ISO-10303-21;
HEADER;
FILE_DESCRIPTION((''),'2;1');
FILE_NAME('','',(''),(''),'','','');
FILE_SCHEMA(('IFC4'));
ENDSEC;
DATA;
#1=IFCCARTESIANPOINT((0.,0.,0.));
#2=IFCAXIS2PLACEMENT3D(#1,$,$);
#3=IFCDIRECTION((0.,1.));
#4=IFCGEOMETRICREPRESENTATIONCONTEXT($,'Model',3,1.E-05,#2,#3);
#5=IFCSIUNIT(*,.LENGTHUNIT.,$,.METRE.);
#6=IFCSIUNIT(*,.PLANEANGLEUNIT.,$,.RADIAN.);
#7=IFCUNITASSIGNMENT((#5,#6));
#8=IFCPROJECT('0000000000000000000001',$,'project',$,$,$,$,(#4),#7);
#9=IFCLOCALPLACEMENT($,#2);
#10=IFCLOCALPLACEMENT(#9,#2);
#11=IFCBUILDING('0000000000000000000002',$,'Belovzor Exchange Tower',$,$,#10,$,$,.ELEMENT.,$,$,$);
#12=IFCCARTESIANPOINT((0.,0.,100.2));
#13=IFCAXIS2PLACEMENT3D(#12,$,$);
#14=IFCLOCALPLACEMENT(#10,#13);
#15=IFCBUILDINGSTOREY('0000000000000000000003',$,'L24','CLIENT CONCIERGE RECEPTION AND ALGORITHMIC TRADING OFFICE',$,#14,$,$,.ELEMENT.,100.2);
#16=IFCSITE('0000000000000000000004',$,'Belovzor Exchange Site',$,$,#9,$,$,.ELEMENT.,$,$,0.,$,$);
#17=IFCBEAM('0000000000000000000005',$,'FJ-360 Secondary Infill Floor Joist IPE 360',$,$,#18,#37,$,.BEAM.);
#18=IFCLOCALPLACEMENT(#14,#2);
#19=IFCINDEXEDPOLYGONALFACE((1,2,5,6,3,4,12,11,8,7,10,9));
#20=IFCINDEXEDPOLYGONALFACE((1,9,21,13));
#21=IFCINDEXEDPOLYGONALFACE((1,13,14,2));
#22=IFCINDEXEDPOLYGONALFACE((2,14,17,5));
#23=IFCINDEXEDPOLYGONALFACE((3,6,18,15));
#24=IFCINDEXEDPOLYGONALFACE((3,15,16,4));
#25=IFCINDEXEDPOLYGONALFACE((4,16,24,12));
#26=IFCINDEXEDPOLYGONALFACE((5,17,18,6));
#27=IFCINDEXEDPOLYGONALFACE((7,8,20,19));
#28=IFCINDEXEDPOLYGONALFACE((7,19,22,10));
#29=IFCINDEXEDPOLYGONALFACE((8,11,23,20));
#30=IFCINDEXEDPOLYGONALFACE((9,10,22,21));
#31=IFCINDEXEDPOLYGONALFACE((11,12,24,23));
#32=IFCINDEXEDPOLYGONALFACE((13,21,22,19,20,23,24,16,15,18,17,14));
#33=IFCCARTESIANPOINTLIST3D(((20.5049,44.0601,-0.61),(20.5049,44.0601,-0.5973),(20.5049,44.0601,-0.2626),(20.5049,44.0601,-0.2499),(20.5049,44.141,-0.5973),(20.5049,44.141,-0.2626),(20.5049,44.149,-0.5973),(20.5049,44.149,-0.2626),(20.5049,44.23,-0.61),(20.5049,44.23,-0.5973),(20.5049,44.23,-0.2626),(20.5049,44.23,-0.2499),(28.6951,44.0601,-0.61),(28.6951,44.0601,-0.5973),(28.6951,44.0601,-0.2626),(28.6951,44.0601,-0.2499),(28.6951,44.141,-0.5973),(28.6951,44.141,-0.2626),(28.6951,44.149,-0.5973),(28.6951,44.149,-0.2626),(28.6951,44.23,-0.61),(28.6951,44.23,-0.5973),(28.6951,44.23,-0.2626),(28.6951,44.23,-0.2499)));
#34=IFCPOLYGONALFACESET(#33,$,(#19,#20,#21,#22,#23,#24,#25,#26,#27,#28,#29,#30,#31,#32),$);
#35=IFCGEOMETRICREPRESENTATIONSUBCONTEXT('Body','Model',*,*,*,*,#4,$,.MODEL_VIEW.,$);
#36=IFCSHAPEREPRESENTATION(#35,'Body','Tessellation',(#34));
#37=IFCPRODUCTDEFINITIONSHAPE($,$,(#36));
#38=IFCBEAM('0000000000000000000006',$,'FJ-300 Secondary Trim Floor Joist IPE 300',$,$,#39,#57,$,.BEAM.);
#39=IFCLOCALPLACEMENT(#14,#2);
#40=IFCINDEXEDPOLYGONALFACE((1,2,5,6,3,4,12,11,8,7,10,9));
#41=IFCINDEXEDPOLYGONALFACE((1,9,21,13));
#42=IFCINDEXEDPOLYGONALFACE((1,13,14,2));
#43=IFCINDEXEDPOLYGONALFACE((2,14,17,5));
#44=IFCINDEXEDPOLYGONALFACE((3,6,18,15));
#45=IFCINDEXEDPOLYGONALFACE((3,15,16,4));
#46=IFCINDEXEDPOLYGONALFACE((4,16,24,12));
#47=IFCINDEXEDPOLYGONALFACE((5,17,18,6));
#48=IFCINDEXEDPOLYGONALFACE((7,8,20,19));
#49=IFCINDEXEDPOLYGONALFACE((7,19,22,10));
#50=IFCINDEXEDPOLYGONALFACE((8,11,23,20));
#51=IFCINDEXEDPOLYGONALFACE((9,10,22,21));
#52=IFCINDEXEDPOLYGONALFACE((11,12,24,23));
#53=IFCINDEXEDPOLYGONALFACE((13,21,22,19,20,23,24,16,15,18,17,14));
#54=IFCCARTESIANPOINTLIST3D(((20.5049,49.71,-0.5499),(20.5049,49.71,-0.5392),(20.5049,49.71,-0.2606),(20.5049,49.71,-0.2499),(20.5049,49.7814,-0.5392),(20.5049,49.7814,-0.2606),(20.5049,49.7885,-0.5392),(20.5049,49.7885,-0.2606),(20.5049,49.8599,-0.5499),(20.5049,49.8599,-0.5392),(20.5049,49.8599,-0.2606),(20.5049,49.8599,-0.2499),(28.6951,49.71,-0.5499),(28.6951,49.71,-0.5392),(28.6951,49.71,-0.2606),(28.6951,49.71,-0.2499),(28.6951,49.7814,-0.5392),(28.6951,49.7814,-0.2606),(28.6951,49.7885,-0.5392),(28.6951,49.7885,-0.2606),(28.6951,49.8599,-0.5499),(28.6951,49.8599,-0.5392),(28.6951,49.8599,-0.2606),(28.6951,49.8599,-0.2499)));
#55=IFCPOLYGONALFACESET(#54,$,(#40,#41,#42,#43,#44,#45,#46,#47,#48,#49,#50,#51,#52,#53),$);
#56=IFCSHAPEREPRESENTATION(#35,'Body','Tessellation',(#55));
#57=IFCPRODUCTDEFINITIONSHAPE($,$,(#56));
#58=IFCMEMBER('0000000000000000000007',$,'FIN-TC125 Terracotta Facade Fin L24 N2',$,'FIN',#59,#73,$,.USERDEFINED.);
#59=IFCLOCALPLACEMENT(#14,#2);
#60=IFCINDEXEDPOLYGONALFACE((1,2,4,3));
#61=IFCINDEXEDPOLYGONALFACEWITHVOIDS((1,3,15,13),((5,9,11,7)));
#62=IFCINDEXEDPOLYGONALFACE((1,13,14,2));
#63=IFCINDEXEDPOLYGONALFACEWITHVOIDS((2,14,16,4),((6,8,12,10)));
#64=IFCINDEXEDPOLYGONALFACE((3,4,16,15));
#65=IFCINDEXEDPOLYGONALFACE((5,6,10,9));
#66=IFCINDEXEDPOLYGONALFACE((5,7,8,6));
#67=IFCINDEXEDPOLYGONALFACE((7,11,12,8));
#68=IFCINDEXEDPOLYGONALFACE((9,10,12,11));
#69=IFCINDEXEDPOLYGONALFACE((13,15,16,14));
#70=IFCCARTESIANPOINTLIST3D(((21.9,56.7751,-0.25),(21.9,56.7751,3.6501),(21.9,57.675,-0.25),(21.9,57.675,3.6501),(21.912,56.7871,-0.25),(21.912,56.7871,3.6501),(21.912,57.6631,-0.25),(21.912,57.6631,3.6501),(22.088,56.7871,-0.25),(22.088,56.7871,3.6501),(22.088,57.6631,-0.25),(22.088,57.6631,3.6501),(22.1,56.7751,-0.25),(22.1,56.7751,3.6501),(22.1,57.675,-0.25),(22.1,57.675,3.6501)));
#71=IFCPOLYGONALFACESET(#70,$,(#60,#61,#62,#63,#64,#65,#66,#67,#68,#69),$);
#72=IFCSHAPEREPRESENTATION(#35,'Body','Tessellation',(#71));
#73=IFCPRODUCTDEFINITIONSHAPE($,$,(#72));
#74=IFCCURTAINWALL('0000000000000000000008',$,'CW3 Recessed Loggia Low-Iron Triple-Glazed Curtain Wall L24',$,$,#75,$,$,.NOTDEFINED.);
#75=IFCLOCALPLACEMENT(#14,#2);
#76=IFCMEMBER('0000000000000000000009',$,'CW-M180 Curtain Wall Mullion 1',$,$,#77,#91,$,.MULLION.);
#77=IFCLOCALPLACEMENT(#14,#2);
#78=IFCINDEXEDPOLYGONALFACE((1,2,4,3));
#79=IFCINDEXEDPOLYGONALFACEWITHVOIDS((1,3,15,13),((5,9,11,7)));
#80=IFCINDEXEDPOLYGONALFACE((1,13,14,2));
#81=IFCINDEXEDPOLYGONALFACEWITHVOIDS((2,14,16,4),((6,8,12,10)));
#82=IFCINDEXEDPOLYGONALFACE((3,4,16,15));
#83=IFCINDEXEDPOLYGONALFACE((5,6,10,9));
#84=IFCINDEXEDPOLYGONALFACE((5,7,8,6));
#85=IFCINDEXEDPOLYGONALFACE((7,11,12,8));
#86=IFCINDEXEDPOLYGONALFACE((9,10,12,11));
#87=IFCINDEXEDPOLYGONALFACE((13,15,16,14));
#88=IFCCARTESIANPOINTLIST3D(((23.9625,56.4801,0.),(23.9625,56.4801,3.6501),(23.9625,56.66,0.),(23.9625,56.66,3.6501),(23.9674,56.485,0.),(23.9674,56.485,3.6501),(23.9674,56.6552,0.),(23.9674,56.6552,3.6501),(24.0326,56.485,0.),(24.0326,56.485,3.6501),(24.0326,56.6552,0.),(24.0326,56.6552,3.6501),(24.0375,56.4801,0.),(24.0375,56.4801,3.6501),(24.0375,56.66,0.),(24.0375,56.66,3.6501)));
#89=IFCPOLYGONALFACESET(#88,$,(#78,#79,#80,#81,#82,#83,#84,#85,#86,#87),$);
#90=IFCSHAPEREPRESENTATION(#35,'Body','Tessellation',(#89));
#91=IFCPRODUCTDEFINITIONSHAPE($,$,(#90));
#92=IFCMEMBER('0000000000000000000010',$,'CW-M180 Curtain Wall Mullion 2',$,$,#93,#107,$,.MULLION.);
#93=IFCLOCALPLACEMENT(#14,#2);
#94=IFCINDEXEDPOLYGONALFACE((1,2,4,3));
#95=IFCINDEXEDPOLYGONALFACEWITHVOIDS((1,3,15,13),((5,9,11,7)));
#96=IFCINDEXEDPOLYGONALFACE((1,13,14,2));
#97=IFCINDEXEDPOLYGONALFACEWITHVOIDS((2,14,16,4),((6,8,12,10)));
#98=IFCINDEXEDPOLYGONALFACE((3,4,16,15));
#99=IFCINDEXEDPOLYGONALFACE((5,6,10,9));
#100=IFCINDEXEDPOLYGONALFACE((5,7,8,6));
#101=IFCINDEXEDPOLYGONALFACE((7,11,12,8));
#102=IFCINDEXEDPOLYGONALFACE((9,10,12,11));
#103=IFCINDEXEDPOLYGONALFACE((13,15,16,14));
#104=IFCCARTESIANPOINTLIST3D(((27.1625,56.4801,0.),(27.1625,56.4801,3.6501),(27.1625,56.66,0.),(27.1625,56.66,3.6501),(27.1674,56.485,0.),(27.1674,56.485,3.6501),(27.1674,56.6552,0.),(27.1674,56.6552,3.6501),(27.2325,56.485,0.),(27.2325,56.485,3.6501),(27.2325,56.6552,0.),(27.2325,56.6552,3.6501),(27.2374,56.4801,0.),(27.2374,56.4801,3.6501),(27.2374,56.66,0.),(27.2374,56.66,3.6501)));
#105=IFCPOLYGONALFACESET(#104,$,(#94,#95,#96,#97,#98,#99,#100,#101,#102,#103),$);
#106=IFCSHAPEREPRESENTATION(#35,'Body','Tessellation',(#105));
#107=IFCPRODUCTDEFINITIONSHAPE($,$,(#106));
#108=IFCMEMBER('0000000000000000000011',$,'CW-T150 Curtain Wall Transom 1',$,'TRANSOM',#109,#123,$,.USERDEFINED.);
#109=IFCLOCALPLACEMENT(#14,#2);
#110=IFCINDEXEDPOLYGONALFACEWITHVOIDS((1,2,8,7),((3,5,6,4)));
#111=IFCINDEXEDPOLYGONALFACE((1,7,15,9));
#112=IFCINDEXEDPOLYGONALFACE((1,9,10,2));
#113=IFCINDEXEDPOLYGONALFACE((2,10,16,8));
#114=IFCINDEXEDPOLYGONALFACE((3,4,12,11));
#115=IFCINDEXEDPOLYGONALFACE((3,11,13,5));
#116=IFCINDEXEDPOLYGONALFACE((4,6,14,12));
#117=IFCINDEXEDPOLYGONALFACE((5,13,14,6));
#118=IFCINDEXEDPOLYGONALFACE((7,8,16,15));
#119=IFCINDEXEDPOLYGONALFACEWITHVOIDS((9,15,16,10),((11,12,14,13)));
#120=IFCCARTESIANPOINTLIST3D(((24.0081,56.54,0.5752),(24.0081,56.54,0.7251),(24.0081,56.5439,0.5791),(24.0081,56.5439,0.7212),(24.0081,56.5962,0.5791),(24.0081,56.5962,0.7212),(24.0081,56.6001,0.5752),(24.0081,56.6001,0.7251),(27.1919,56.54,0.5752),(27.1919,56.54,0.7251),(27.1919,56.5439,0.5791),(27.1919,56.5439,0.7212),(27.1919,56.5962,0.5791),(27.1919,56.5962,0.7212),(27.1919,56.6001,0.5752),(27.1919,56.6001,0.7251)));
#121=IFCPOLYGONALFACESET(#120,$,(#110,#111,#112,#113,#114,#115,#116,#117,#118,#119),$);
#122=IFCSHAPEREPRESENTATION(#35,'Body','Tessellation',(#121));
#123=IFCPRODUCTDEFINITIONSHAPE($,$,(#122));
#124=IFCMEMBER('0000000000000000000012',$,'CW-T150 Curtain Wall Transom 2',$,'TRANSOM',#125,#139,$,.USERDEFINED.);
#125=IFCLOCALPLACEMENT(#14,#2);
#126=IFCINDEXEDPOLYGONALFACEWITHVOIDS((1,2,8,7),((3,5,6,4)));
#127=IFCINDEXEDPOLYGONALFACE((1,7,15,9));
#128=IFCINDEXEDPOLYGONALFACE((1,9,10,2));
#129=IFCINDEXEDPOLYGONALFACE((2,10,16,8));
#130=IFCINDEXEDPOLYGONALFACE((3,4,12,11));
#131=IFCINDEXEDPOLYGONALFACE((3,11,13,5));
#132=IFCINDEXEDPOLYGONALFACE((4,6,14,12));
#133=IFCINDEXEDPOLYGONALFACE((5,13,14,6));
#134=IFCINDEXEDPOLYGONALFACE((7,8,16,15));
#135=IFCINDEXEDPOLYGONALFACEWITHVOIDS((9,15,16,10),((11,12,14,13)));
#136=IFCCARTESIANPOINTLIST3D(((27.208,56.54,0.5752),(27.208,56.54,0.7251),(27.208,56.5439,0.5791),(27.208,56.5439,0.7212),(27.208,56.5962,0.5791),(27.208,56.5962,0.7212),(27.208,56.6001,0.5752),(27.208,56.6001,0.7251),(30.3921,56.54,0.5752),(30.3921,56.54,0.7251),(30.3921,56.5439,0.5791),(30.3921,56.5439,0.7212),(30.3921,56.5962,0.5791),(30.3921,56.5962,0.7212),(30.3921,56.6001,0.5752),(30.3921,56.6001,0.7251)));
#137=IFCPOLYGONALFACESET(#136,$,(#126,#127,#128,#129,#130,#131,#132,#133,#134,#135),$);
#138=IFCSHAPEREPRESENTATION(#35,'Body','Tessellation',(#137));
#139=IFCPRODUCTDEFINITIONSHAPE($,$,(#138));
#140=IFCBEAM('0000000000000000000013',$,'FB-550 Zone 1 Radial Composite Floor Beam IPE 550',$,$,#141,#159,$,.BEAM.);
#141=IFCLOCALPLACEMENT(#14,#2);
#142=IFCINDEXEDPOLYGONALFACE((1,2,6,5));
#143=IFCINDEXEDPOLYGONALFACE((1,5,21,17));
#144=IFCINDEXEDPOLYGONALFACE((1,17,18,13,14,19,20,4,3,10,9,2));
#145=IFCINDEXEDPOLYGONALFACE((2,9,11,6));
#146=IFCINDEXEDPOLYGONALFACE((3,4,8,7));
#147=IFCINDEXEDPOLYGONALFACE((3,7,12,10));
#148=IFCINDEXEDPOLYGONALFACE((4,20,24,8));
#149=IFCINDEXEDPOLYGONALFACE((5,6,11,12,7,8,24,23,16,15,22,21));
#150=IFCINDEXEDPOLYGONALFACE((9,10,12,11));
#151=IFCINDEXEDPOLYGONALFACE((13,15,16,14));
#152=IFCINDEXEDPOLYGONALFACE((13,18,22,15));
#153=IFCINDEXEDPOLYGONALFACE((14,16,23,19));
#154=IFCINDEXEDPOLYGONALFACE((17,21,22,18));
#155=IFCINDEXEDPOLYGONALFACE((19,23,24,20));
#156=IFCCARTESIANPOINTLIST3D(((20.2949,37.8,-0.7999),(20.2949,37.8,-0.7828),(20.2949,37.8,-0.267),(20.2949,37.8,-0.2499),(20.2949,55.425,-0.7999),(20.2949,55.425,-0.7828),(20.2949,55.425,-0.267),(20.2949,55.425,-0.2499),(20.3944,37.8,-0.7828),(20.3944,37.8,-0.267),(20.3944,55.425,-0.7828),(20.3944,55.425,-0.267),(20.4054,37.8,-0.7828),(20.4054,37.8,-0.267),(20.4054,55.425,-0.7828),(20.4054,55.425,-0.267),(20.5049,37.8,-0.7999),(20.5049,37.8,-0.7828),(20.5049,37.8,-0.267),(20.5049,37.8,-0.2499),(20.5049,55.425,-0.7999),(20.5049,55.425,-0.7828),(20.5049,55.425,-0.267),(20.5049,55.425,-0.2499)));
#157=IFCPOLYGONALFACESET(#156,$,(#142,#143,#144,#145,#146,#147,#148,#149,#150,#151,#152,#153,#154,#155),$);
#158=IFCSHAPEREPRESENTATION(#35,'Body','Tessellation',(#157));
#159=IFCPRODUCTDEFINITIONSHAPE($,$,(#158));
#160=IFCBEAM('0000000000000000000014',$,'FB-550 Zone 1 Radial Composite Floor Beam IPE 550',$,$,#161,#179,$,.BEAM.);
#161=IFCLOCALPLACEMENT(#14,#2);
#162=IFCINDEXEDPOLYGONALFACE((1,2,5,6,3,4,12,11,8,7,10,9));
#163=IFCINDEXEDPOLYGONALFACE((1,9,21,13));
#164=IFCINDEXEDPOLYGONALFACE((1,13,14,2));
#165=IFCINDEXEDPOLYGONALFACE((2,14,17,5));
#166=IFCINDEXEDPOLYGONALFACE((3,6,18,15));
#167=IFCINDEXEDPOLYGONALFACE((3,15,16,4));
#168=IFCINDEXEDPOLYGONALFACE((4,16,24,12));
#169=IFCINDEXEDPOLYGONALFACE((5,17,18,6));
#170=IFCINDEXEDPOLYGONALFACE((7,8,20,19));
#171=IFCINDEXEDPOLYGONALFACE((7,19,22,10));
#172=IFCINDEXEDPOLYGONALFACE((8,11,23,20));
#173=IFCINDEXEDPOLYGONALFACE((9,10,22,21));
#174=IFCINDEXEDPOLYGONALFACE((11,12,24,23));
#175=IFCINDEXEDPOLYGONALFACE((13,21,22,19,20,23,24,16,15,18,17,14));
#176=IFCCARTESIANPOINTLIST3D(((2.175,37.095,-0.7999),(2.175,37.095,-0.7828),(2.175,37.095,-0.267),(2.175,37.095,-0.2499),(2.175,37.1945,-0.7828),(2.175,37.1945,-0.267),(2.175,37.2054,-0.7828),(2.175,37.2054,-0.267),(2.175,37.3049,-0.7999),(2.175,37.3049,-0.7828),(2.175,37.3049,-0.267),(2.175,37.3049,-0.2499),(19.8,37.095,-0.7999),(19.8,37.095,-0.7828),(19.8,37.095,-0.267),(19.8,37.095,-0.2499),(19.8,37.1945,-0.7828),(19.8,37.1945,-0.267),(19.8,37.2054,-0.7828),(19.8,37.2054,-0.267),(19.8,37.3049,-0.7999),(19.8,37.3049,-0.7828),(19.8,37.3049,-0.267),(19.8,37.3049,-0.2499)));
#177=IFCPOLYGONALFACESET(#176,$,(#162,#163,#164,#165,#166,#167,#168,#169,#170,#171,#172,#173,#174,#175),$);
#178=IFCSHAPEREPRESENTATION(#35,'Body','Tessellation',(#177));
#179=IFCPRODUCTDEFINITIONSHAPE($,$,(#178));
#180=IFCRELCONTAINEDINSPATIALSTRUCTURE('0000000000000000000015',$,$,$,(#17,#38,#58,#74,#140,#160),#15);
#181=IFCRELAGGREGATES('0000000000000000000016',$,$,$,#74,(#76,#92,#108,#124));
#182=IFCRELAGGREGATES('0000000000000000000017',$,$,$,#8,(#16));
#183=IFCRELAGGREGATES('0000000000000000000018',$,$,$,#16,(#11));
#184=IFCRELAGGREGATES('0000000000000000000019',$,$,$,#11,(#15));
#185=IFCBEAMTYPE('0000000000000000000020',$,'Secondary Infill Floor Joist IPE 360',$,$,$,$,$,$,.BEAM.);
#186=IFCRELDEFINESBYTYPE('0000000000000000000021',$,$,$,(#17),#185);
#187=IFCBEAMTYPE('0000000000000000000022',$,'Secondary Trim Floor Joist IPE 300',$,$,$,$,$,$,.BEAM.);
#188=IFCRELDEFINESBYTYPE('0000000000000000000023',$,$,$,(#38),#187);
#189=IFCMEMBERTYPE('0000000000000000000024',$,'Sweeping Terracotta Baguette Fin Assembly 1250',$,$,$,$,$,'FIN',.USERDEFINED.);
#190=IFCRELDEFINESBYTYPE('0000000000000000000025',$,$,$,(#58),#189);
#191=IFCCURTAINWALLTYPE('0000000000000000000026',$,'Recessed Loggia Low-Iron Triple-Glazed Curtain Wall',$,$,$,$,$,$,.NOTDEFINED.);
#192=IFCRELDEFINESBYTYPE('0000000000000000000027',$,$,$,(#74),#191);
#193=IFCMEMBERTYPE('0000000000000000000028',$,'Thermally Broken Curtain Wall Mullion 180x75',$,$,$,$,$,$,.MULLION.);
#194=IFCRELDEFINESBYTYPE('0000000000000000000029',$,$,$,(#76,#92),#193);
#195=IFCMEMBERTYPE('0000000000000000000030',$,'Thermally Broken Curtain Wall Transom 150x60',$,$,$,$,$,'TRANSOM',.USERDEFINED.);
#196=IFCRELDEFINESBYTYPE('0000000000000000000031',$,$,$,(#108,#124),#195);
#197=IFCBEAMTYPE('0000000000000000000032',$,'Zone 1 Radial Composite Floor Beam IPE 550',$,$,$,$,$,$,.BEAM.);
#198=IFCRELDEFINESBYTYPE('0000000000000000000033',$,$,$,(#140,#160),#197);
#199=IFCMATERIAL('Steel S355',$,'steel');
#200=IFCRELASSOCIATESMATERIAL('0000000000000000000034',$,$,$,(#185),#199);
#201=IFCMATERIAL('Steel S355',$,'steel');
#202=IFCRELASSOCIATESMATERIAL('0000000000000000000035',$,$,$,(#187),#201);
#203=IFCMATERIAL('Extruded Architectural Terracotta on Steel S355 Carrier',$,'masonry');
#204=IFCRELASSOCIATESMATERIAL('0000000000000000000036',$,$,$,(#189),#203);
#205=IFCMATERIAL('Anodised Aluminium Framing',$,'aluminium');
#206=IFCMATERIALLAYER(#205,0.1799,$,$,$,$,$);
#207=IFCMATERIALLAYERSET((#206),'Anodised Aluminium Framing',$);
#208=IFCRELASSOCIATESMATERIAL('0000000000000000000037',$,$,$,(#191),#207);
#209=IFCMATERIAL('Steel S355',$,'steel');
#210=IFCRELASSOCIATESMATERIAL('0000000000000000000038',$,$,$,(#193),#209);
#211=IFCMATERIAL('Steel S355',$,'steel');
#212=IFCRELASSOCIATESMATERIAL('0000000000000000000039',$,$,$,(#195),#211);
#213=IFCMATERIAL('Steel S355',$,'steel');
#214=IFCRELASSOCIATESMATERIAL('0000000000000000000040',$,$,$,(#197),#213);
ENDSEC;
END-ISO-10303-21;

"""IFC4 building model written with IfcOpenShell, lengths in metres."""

from ifc_helpers import new_model, si_unit, direction, frame, origin, origin_2d, place, context, subcontext, project, spatial, hollow_rectangle, i_section, extrude, material, layer, layer_set, material_profile, profile_set, type_object, element, aggregate, save


model = new_model("IFC4")

# Units and contexts
model_context = context("Model", 3, precision=1e-05, world=origin(), true_north=direction((0.0, 1.0)))
body_context = subcontext(model_context, "Body", "Model", "MODEL_VIEW")
ifc_project = project(units=[si_unit("LENGTHUNIT", "METRE"), si_unit("PLANEANGLEUNIT", "RADIAN")], contexts=[model_context])

# Site, building, storey
site_placement = place(None, origin())
site = spatial("IfcSite", under=ifc_project, at=site_placement, Name="Belovzor Exchange Site", CompositionType="ELEMENT", RefElevation=0.0)
building_placement = place(site_placement, origin())
building = spatial("IfcBuilding", under=site, at=building_placement, Name="Belovzor Exchange Tower", CompositionType="ELEMENT")
storey_placement = place(building_placement, frame((0.0, 0.0, 100.2)))
storey = spatial("IfcBuildingStorey", under=building, at=storey_placement, Name="L24", Description="CLIENT CONCIERGE RECEPTION AND ALGORITHMIC TRADING OFFICE", CompositionType="ELEMENT", Elevation=100.2)

# Beams
ifc_material_1 = material(Name="Steel S355", Category="steel")
ifc_material_profile_1 = material_profile(ifc_material_1, i_section(OverallWidth=0.1699, OverallDepth=0.3601, WebThickness=0.0081, FlangeThickness=0.0127, at=origin_2d()))
ifc_profile_set_1 = profile_set([ifc_material_profile_1], Name="Steel S355")
beam_type_1 = type_object("IfcBeamType", Name="Secondary Infill Floor Joist IPE 360", PredefinedType="BEAM", material=ifc_profile_set_1)
beam_1_placement = place(storey_placement, frame((20.5049, 44.145, -0.4299), z_axis=(1.0, 0.0, 0.0), x_axis=(0.0, 1.0, 0.0)))
element("IfcBeam", 1, at=beam_1_placement, inside=storey, type_object=beam_type_1, Name="FJ-360 Secondary Infill Floor Joist IPE 360", PredefinedType="BEAM", context=body_context, shape_type="SweptSolid", body=[
    extrude(i_section(OverallWidth=0.1699, OverallDepth=0.3601, WebThickness=0.0081, FlangeThickness=0.0127, at=origin_2d()), origin(), (0.0, 0.0, 1.0), 8.1902),
])
ifc_material_2 = material(Name="Steel S355", Category="steel")
ifc_material_profile_2 = material_profile(ifc_material_2, i_section(OverallWidth=0.1499, OverallDepth=0.3, WebThickness=0.0071, FlangeThickness=0.0107, at=origin_2d()))
ifc_profile_set_2 = profile_set([ifc_material_profile_2], Name="Steel S355")
beam_type_2 = type_object("IfcBeamType", Name="Secondary Trim Floor Joist IPE 300", PredefinedType="BEAM", material=ifc_profile_set_2)
beam_2_placement = place(storey_placement, frame((20.5049, 49.7849, -0.3999), z_axis=(1.0, 0.0, 0.0), x_axis=(0.0, 1.0, 0.0)))
element("IfcBeam", 2, at=beam_2_placement, inside=storey, type_object=beam_type_2, Name="FJ-300 Secondary Trim Floor Joist IPE 300", PredefinedType="BEAM", context=body_context, shape_type="SweptSolid", body=[
    extrude(i_section(OverallWidth=0.1499, OverallDepth=0.3, WebThickness=0.0071, FlangeThickness=0.0107, at=origin_2d()), origin(), (0.0, 0.0, 1.0), 8.1902),
])

# Member
ifc_material_3 = material(Name="Extruded Architectural Terracotta on Steel S355 Carrier", Category="masonry")
ifc_material_profile_3 = material_profile(ifc_material_3, hollow_rectangle(XDim=0.2, YDim=0.8999, WallThickness=0.012, at=origin_2d()))
ifc_profile_set_3 = profile_set([ifc_material_profile_3], Name="Extruded Architectural Terracotta on Steel S355 Carrier")
member_type_1 = type_object("IfcMemberType", Name="Sweeping Terracotta Baguette Fin Assembly 1250", ElementType="FIN", PredefinedType="USERDEFINED", material=ifc_profile_set_3)
member_1_placement = place(storey_placement, frame((22.0, 57.2251, -0.25), z_axis=(0.0, 0.0, 1.0), x_axis=(1.0, 0.0, 0.0)))
element("IfcMember", 3, at=member_1_placement, inside=storey, type_object=member_type_1, Name="FIN-TC125 Terracotta Facade Fin L24 N2", ObjectType="FIN", PredefinedType="USERDEFINED", context=body_context, shape_type="SweptSolid", body=[
    extrude(hollow_rectangle(XDim=0.2, YDim=0.8999, WallThickness=0.012, at=origin_2d()), origin(), (0.0, 0.0, 1.0), 3.9001),
])

# Curtain wall, members
ifc_material_4 = material(Name="Anodised Aluminium Framing", Category="aluminium")
ifc_layer_1 = layer(ifc_material_4, 0.1799)
ifc_layer_set_1 = layer_set([ifc_layer_1], Name="Anodised Aluminium Framing")
curtain_wall_type = type_object("IfcCurtainWallType", Name="Recessed Loggia Low-Iron Triple-Glazed Curtain Wall", PredefinedType="NOTDEFINED", material=ifc_layer_set_1)
curtain_wall_placement = place(storey_placement, origin())
curtain_wall = element("IfcCurtainWall", 4, at=curtain_wall_placement, inside=storey, type_object=curtain_wall_type, Name="CW3 Recessed Loggia Low-Iron Triple-Glazed Curtain Wall L24", PredefinedType="NOTDEFINED")
ifc_material_5 = material(Name="Steel S355", Category="steel")
ifc_material_profile_4 = material_profile(ifc_material_5, hollow_rectangle(XDim=0.075, YDim=0.1799, WallThickness=0.0049, at=origin_2d()))
ifc_profile_set_4 = profile_set([ifc_material_profile_4], Name="Steel S355")
member_type_2 = type_object("IfcMemberType", Name="Thermally Broken Curtain Wall Mullion 180x75", PredefinedType="MULLION", material=ifc_profile_set_4)
member_2_placement = place(storey_placement, frame((24.0, 56.5701, 0.0), z_axis=(0.0, 0.0, 1.0), x_axis=(1.0, 0.0, 0.0)))
member_2 = element("IfcMember", 5, at=member_2_placement, type_object=member_type_2, Name="CW-M180 Curtain Wall Mullion 1", PredefinedType="MULLION", context=body_context, shape_type="SweptSolid", body=[
    extrude(hollow_rectangle(XDim=0.075, YDim=0.1799, WallThickness=0.0049, at=origin_2d()), origin(), (0.0, 0.0, 1.0), 3.6501),
])
member_3_placement = place(storey_placement, frame((27.2, 56.5701, 0.0), z_axis=(0.0, 0.0, 1.0), x_axis=(1.0, 0.0, 0.0)))
member_3 = element("IfcMember", 6, at=member_3_placement, type_object=member_type_2, Name="CW-M180 Curtain Wall Mullion 2", PredefinedType="MULLION", context=body_context, shape_type="SweptSolid", body=[
    extrude(hollow_rectangle(XDim=0.075, YDim=0.1799, WallThickness=0.0049, at=origin_2d()), origin(), (0.0, 0.0, 1.0), 3.6501),
])
ifc_material_6 = material(Name="Steel S355", Category="steel")
ifc_material_profile_5 = material_profile(ifc_material_6, hollow_rectangle(XDim=0.0601, YDim=0.1499, WallThickness=0.0039, at=origin_2d()))
ifc_profile_set_5 = profile_set([ifc_material_profile_5], Name="Steel S355")
member_type_3 = type_object("IfcMemberType", Name="Thermally Broken Curtain Wall Transom 150x60", ElementType="TRANSOM", PredefinedType="USERDEFINED", material=ifc_profile_set_5)
member_4_placement = place(storey_placement, frame((24.0081, 56.5701, 0.6501), z_axis=(1.0, 0.0, 0.0), x_axis=(0.0, 1.0, 0.0)))
member_4 = element("IfcMember", 7, at=member_4_placement, type_object=member_type_3, Name="CW-T150 Curtain Wall Transom 1", ObjectType="TRANSOM", PredefinedType="USERDEFINED", context=body_context, shape_type="SweptSolid", body=[
    extrude(hollow_rectangle(XDim=0.0601, YDim=0.1499, WallThickness=0.0039, at=origin_2d()), origin(), (0.0, 0.0, 1.0), 3.1838),
])
member_5_placement = place(storey_placement, frame((27.208, 56.5701, 0.6501), z_axis=(1.0, 0.0, 0.0), x_axis=(0.0, 1.0, 0.0)))
member_5 = element("IfcMember", 8, at=member_5_placement, type_object=member_type_3, Name="CW-T150 Curtain Wall Transom 2", ObjectType="TRANSOM", PredefinedType="USERDEFINED", context=body_context, shape_type="SweptSolid", body=[
    extrude(hollow_rectangle(XDim=0.0601, YDim=0.1499, WallThickness=0.0039, at=origin_2d()), origin(), (0.0, 0.0, 1.0), 3.1841),
])

# Beams
ifc_material_7 = material(Name="Steel S355", Category="steel")
ifc_material_profile_6 = material_profile(ifc_material_7, i_section(OverallWidth=0.21, OverallDepth=0.55, WebThickness=0.011, FlangeThickness=0.0171, at=origin_2d()))
ifc_profile_set_6 = profile_set([ifc_material_profile_6], Name="Steel S355")
beam_type_3 = type_object("IfcBeamType", Name="Zone 1 Radial Composite Floor Beam IPE 550", PredefinedType="BEAM", material=ifc_profile_set_6)
for number, where, z_axis, x_axis, name in (
    (9, (20.3999, 37.8, -0.5249), (0.0, 1.0, 0.0), (-1.0, 0.0, 0.0), "FB-550 Zone 1 Radial Composite Floor Beam IPE 550"),
    (10, (19.8, 37.2, -0.5249), (-1.0, 0.0, 0.0), (0.0, -1.0, 0.0), "FB-550 Zone 1 Radial Composite Floor Beam IPE 550"),
):
    element("IfcBeam", number, at=place(storey_placement, frame(where, z_axis=z_axis, x_axis=x_axis)), inside=storey, type_object=beam_type_3, Name=name, PredefinedType="BEAM", context=body_context, shape_type="SweptSolid", body=[
        extrude(i_section(OverallWidth=0.21, OverallDepth=0.55, WebThickness=0.011, FlangeThickness=0.0171, at=origin_2d()), origin(), (0.0, 0.0, 1.0), 17.625),
    ])

aggregate(curtain_wall, [member_2, member_3, member_4, member_5])

save(model, "model.ifc")
